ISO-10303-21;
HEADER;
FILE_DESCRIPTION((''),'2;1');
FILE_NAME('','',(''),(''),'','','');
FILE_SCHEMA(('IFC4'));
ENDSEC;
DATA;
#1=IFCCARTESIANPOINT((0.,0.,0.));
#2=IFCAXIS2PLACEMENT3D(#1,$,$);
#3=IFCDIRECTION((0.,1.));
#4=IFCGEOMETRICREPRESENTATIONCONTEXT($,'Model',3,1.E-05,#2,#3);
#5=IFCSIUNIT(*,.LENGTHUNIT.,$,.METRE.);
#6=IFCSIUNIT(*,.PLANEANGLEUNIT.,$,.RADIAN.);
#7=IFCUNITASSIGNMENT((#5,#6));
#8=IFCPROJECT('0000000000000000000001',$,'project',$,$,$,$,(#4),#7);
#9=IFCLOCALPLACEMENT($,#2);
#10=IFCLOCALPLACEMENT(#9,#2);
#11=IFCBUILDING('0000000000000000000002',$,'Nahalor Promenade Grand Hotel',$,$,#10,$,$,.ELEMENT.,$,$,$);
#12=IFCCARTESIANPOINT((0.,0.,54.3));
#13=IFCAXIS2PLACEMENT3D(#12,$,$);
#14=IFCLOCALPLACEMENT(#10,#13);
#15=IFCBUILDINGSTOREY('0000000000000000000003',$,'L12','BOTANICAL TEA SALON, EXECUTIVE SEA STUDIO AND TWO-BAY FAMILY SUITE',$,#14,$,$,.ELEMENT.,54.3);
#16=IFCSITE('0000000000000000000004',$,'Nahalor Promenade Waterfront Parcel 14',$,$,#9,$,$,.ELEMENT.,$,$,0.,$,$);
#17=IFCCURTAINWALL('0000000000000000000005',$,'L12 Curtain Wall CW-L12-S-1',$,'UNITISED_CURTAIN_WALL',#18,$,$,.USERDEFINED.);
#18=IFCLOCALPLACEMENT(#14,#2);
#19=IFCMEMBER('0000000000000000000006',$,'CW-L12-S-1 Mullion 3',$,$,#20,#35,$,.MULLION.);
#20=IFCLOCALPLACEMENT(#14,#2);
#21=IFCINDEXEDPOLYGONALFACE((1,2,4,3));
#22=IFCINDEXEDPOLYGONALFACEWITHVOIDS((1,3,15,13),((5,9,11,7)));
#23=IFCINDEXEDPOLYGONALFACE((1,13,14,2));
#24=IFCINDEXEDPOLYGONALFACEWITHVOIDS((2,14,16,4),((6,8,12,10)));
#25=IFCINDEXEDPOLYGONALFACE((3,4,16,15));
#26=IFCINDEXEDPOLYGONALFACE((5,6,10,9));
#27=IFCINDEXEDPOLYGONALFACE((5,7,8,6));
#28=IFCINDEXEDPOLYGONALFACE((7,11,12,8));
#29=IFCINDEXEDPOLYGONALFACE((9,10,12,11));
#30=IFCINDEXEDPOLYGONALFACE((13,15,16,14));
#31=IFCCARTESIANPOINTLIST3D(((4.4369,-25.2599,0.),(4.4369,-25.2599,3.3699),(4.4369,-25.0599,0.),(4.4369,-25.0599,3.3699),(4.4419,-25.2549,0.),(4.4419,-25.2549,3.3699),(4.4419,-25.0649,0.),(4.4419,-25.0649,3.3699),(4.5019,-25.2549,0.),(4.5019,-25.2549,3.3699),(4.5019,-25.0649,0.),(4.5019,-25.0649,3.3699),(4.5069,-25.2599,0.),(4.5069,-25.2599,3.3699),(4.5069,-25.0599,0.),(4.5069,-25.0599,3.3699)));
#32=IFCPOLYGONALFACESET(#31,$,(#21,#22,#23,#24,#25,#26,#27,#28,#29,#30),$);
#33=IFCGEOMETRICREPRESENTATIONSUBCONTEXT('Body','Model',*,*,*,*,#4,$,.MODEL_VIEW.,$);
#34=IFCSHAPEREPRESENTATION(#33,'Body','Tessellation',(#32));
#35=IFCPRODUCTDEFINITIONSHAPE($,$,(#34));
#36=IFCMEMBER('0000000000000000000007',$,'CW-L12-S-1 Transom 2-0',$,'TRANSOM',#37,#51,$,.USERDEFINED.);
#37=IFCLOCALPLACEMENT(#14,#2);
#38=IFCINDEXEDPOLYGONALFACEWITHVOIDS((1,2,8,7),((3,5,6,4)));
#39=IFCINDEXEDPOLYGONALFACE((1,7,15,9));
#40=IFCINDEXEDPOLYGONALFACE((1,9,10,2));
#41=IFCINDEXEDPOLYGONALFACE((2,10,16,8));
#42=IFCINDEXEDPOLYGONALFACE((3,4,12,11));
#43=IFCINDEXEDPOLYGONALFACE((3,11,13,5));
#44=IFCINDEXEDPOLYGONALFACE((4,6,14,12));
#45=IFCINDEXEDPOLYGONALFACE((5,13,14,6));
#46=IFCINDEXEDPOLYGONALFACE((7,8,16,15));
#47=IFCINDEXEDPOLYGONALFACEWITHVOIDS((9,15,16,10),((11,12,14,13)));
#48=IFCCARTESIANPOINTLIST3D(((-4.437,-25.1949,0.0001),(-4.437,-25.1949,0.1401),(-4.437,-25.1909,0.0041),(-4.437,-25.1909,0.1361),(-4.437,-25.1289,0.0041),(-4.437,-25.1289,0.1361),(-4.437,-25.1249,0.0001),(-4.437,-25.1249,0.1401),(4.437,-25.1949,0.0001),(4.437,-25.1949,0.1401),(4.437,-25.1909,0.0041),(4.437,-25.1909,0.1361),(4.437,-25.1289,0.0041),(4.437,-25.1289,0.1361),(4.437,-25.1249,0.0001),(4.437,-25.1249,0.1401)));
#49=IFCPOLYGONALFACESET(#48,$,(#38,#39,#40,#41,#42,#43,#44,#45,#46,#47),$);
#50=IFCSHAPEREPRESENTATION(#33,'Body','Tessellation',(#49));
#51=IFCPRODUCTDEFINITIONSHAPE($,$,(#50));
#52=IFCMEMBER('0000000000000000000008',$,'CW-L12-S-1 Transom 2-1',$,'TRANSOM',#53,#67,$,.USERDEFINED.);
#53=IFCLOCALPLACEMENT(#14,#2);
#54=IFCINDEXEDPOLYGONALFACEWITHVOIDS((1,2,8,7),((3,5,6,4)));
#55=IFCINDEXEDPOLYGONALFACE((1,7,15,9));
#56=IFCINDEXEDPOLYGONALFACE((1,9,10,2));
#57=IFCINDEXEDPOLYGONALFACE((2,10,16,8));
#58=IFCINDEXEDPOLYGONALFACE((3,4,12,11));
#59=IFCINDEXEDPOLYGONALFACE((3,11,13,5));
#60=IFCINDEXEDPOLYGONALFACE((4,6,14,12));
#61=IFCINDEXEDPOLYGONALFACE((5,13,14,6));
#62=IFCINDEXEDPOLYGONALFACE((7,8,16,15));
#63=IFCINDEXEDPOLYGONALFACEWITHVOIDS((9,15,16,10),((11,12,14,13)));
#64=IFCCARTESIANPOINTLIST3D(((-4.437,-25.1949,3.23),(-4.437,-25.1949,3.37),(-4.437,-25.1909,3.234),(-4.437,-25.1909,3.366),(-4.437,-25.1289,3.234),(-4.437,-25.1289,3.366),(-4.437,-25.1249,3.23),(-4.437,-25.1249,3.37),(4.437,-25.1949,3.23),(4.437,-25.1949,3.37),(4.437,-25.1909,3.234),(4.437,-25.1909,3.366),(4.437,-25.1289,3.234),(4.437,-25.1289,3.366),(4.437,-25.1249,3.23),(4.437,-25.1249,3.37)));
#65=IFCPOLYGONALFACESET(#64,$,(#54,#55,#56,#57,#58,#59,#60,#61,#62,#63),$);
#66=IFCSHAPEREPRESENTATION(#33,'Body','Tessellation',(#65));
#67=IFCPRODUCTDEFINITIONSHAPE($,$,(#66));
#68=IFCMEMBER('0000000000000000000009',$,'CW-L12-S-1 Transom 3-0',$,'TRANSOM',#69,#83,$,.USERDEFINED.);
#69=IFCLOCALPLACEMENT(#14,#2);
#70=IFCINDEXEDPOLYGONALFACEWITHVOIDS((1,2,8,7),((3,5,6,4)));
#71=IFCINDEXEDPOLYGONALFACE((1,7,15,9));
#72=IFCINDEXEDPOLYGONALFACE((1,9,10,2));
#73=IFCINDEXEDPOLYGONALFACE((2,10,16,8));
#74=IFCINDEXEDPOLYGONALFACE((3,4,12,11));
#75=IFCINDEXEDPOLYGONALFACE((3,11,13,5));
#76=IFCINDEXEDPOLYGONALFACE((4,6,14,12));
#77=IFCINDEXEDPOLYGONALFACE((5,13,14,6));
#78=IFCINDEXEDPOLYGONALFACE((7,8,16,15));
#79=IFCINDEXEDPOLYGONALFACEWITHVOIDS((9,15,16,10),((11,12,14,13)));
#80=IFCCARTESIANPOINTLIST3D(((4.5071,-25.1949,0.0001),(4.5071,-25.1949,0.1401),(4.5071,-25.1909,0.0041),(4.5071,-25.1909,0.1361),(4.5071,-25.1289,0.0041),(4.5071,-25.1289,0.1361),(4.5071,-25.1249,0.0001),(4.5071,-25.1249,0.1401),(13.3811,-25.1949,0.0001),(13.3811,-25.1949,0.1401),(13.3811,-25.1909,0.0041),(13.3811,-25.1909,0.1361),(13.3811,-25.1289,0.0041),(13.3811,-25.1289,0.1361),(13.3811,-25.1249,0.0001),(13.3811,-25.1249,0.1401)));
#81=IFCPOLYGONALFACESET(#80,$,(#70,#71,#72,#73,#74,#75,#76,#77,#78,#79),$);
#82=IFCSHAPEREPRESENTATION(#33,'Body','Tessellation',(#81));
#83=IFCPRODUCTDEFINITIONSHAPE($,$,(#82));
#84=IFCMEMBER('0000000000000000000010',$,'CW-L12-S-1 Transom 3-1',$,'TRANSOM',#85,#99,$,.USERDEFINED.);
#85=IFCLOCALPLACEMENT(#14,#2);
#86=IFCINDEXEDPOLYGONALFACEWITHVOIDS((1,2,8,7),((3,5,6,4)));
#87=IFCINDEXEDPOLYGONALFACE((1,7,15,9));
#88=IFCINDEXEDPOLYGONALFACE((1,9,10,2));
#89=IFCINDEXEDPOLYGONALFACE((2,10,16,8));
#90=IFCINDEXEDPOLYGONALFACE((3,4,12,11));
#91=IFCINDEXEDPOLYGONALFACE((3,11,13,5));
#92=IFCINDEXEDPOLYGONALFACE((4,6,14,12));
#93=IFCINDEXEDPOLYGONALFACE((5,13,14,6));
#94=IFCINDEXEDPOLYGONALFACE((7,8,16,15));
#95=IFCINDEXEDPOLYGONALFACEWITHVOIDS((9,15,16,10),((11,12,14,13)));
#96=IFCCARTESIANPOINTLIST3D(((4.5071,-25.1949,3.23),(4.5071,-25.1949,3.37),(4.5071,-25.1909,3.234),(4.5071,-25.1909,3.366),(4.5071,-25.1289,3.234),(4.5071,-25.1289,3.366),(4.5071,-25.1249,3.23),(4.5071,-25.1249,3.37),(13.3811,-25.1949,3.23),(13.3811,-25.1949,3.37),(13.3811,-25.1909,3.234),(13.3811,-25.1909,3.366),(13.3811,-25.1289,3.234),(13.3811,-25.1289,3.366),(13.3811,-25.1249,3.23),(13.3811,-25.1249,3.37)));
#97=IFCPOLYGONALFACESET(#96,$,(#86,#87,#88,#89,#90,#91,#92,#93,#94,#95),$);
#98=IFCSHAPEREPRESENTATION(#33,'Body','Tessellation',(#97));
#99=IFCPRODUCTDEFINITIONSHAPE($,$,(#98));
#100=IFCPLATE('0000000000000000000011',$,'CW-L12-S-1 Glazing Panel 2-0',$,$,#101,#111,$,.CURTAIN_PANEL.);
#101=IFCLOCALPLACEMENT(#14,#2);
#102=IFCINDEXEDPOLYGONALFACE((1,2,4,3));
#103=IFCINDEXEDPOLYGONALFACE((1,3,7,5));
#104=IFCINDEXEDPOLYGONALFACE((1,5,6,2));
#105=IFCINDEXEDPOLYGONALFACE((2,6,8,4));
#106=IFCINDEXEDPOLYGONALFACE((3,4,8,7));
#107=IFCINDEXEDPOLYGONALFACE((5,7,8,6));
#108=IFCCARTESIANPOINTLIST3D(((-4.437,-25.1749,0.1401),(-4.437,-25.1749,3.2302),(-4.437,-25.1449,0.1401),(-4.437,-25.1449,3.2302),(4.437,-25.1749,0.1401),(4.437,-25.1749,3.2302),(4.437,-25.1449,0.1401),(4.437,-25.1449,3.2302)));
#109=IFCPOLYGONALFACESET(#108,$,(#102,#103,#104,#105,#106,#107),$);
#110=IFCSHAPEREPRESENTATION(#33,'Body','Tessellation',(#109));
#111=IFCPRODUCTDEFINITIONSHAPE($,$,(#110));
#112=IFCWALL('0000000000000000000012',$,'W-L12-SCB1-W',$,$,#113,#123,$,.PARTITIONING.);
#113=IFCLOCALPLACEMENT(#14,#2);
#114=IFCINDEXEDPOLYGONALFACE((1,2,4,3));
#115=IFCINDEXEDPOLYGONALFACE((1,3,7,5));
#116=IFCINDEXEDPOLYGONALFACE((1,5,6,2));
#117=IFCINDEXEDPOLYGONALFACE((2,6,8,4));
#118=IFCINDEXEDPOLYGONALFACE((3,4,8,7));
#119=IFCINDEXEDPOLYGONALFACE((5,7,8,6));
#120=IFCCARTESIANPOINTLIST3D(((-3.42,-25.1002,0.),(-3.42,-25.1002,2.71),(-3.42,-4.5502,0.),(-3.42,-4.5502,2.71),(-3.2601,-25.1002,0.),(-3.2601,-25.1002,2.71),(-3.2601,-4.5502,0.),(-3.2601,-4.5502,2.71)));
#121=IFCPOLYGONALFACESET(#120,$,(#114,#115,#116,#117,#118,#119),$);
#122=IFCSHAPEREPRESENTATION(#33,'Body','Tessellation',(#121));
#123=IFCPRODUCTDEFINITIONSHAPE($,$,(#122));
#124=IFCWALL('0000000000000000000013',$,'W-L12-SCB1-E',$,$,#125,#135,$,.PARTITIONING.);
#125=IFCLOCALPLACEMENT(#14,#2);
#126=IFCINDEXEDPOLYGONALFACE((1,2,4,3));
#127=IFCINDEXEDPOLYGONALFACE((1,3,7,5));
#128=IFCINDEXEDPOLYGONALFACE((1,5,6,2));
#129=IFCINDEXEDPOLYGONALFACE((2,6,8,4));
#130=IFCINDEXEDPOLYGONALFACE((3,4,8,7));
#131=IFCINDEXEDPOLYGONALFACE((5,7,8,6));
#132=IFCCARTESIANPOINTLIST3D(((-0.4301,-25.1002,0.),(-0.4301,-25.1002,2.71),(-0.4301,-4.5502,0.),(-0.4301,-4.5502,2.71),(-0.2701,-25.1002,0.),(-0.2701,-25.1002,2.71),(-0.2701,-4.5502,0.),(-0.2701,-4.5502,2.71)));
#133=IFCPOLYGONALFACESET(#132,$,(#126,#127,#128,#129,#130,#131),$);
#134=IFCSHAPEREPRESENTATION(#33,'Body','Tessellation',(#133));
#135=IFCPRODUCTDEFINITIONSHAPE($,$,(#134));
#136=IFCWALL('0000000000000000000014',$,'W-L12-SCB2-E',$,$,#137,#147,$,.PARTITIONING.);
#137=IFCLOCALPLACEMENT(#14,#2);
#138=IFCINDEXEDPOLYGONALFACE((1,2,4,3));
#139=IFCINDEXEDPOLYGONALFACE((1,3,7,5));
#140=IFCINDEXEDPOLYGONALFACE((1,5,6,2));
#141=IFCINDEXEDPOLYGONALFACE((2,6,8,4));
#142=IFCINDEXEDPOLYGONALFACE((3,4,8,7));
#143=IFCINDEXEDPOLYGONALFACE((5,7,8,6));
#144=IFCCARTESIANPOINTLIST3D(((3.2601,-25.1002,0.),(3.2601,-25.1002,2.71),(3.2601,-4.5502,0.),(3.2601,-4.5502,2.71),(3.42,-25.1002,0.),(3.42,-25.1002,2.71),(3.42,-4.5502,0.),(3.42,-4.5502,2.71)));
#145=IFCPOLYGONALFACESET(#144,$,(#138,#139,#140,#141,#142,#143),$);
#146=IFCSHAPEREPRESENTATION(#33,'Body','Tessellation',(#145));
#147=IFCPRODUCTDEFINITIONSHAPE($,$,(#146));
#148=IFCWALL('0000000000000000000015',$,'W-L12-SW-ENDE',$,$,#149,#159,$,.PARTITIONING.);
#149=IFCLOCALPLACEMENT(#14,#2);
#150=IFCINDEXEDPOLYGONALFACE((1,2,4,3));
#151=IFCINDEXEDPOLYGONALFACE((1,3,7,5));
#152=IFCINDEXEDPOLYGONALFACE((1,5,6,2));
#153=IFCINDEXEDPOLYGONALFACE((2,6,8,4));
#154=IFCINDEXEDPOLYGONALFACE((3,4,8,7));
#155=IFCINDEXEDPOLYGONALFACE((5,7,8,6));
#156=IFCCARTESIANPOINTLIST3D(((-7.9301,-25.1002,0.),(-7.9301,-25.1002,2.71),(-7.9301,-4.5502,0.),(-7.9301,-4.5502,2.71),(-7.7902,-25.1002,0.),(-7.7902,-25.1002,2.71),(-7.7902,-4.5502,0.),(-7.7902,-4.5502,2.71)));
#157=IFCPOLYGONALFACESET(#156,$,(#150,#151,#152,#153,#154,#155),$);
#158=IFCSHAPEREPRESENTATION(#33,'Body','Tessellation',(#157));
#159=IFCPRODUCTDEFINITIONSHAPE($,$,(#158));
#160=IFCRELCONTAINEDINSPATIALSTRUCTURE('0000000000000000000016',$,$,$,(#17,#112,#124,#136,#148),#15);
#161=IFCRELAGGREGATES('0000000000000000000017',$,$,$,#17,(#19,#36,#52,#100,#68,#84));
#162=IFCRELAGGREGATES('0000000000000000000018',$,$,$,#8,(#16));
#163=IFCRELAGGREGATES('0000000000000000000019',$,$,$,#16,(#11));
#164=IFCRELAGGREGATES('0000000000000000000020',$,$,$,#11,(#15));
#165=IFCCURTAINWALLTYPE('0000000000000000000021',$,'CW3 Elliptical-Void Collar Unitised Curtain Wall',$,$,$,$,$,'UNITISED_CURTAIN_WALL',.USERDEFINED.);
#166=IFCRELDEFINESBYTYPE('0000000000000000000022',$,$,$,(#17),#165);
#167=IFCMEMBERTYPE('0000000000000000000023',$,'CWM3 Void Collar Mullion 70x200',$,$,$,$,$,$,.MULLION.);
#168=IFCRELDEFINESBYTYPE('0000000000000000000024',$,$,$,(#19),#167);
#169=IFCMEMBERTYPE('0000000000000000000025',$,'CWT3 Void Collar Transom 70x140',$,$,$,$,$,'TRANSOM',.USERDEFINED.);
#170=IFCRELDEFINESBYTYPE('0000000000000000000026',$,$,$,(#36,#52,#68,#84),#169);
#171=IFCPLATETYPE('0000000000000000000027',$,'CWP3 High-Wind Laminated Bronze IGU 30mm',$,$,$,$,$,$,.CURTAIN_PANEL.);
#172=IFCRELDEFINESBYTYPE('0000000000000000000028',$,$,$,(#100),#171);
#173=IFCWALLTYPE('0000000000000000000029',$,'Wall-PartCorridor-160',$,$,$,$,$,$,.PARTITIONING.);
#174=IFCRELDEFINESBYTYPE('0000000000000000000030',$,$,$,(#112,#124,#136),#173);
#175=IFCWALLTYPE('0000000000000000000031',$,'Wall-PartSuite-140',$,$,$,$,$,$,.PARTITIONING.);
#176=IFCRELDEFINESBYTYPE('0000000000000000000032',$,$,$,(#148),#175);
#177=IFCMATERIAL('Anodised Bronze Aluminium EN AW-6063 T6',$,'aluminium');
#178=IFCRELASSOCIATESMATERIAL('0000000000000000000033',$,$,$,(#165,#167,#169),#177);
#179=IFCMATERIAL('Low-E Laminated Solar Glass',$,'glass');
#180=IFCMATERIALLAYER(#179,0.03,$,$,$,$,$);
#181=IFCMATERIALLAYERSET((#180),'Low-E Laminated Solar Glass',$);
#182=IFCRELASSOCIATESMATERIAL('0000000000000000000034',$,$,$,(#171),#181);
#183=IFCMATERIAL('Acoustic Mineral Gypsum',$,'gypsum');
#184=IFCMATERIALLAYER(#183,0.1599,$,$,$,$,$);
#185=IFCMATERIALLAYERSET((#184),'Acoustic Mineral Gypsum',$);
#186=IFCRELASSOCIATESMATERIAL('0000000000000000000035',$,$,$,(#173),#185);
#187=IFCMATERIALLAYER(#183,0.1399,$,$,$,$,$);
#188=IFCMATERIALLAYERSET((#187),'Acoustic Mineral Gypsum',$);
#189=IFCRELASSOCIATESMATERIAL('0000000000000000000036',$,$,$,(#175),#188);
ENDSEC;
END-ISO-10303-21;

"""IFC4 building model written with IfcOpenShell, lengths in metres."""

from ifc_helpers import new_model, si_unit, direction, frame, frame_2d, origin, origin_2d, place, context, subcontext, project, spatial, rectangle, hollow_rectangle, extrude, source, transform, mapped, material, layer, layer_set, material_profile, profile_set, type_object, element, aggregate, save


model = new_model("IFC4")

# Units and contexts
model_context = context("Model", 3, precision=1e-05, world=origin(), true_north=direction((0.0, 1.0)))
body_context = subcontext(model_context, "Body", "Model", "MODEL_VIEW")
ifc_project = project(units=[si_unit("LENGTHUNIT", "METRE"), si_unit("PLANEANGLEUNIT", "RADIAN")], contexts=[model_context])

# Site, building, storey
site_placement = place(None, origin())
site = spatial("IfcSite", under=ifc_project, at=site_placement, Name="Nahalor Promenade Waterfront Parcel 14", CompositionType="ELEMENT", RefElevation=0.0)
building_placement = place(site_placement, origin())
building = spatial("IfcBuilding", under=site, at=building_placement, Name="Nahalor Promenade Grand Hotel", CompositionType="ELEMENT")
storey_placement = place(building_placement, frame((0.0, 0.0, 54.3)))
storey = spatial("IfcBuildingStorey", under=building, at=storey_placement, Name="L12", Description="BOTANICAL TEA SALON, EXECUTIVE SEA STUDIO AND TWO-BAY FAMILY SUITE", CompositionType="ELEMENT", Elevation=54.3)

# Curtain wall, members, plate
ifc_material_1 = material(Name="Anodised Bronze Aluminium EN AW-6063 T6", Category="aluminium")
curtain_wall_type = type_object("IfcCurtainWallType", Name="CW3 Elliptical-Void Collar Unitised Curtain Wall", ElementType="UNITISED_CURTAIN_WALL", PredefinedType="USERDEFINED", material=ifc_material_1)
curtain_wall_placement = place(storey_placement, origin())
curtain_wall = element("IfcCurtainWall", 1, at=curtain_wall_placement, inside=storey, type_object=curtain_wall_type, Name="L12 Curtain Wall CW-L12-S-1", ObjectType="UNITISED_CURTAIN_WALL", PredefinedType="USERDEFINED")
ifc_material_profile_1 = material_profile(ifc_material_1, hollow_rectangle(XDim=0.07, YDim=0.2, WallThickness=0.005, at=origin_2d()), Name="CWM 70x200x5")
ifc_profile_set_1 = profile_set([ifc_material_profile_1], Name="Anodised Bronze Aluminium EN AW-6063 T6")
member_type_1 = type_object("IfcMemberType", Name="CWM3 Void Collar Mullion 70x200", PredefinedType="MULLION", material=ifc_profile_set_1)
shared_shape_1 = source(origin(), body_context, "Body", "SweptSolid", [
    extrude(hollow_rectangle(XDim=0.07, YDim=0.2, WallThickness=0.005, at=origin_2d()), origin(), (0.0, 0.0, 1.0), 3.3699),
])
member_1_placement = place(storey_placement, frame((4.4719, -25.1599, 0.0), z_axis=(0.0, 0.0, 1.0), x_axis=(1.0, 0.0, 0.0)))
member_1 = element("IfcMember", 2, at=member_1_placement, type_object=member_type_1, Name="CW-L12-S-1 Mullion 3", PredefinedType="MULLION", context=body_context, shape_type="MappedRepresentation", body=[
    mapped(shared_shape_1, transform((0.0, 0.0, 0.0), scale=1.0)),
])
ifc_material_profile_2 = material_profile(ifc_material_1, hollow_rectangle(XDim=0.07, YDim=0.14, WallThickness=0.004, at=origin_2d()), Name="CWT 70x140x4")
ifc_profile_set_2 = profile_set([ifc_material_profile_2], Name="Anodised Bronze Aluminium EN AW-6063 T6")
member_type_2 = type_object("IfcMemberType", Name="CWT3 Void Collar Transom 70x140", ElementType="TRANSOM", PredefinedType="USERDEFINED", material=ifc_profile_set_2)
shared_shape_2 = source(origin(), body_context, "Body", "SweptSolid", [
    extrude(hollow_rectangle(XDim=0.07, YDim=0.14, WallThickness=0.004, at=origin_2d()), origin(), (0.0, 0.0, 1.0), 8.874),
])
member_2_placement = place(storey_placement, frame((-4.437, -25.1599, 0.0701), z_axis=(1.0, 0.0, 0.0), x_axis=(0.0, 1.0, 0.0)))
member_2 = element("IfcMember", 3, at=member_2_placement, type_object=member_type_2, Name="CW-L12-S-1 Transom 2-0", ObjectType="TRANSOM", PredefinedType="USERDEFINED", context=body_context, shape_type="MappedRepresentation", body=[
    mapped(shared_shape_2, transform((0.0, 0.0, 0.0), scale=1.0)),
])
member_3_placement = place(storey_placement, frame((-4.437, -25.1599, 3.3), z_axis=(1.0, 0.0, 0.0), x_axis=(0.0, 1.0, 0.0)))
member_3 = element("IfcMember", 4, at=member_3_placement, type_object=member_type_2, Name="CW-L12-S-1 Transom 2-1", ObjectType="TRANSOM", PredefinedType="USERDEFINED", context=body_context, shape_type="MappedRepresentation", body=[
    mapped(shared_shape_2, transform((0.0, 0.0, 0.0), scale=1.0)),
])
member_4_placement = place(storey_placement, frame((4.5071, -25.1599, 0.0701), z_axis=(1.0, 0.0, 0.0), x_axis=(0.0, 1.0, 0.0)))
member_4 = element("IfcMember", 5, at=member_4_placement, type_object=member_type_2, Name="CW-L12-S-1 Transom 3-0", ObjectType="TRANSOM", PredefinedType="USERDEFINED", context=body_context, shape_type="MappedRepresentation", body=[
    mapped(shared_shape_2, transform((0.0, 0.0, 0.0), scale=1.0)),
])
member_5_placement = place(storey_placement, frame((4.5071, -25.1599, 3.3), z_axis=(1.0, 0.0, 0.0), x_axis=(0.0, 1.0, 0.0)))
member_5 = element("IfcMember", 6, at=member_5_placement, type_object=member_type_2, Name="CW-L12-S-1 Transom 3-1", ObjectType="TRANSOM", PredefinedType="USERDEFINED", context=body_context, shape_type="MappedRepresentation", body=[
    mapped(shared_shape_2, transform((0.0, 0.0, 0.0), scale=1.0)),
])
ifc_material_2 = material(Name="Low-E Laminated Solar Glass", Category="glass")
ifc_layer_1 = layer(ifc_material_2, 0.03)
ifc_layer_set_1 = layer_set([ifc_layer_1], Name="Low-E Laminated Solar Glass")
plate_type = type_object("IfcPlateType", Name="CWP3 High-Wind Laminated Bronze IGU 30mm", PredefinedType="CURTAIN_PANEL", material=ifc_layer_set_1)
shared_shape_3 = source(origin(), body_context, "Body", "SweptSolid", [
    extrude(rectangle(XDim=8.874, YDim=0.03, at=origin_2d()), origin(), (0.0, 0.0, 1.0), 3.0901),
])
plate_placement = place(storey_placement, frame((0.0, -25.1599, 0.1401), z_axis=(0.0, 0.0, 1.0), x_axis=(1.0, 0.0, 0.0)))
plate = element("IfcPlate", 7, at=plate_placement, type_object=plate_type, Name="CW-L12-S-1 Glazing Panel 2-0", PredefinedType="CURTAIN_PANEL", context=body_context, shape_type="MappedRepresentation", body=[
    mapped(shared_shape_3, transform((0.0, 0.0, 0.0), scale=1.0)),
])
aggregate(curtain_wall, [member_1, member_2, member_3, plate, member_4, member_5])

# Walls
ifc_material_3 = material(Name="Acoustic Mineral Gypsum", Category="gypsum")
ifc_layer_2 = layer(ifc_material_3, 0.1599)
ifc_layer_set_2 = layer_set([ifc_layer_2], Name="Acoustic Mineral Gypsum")
wall_type_1 = type_object("IfcWallType", Name="Wall-PartCorridor-160", PredefinedType="PARTITIONING", material=ifc_layer_set_2)
shared_shape_4 = source(origin(), body_context, "Body", "SweptSolid", [
    extrude(rectangle(XDim=20.55, YDim=0.1599, at=frame_2d((10.2749, 0.0))), origin(), (0.0, 0.0, 1.0), 2.71),
])
for number, where, z_axis, x_axis, name in (
    (8, (-3.3401, -25.1001, 0.0), (0.0, 0.0, 1.0), (0.0, 1.0, 0.0), "W-L12-SCB1-W"),
    (9, (-0.3501, -25.1001, 0.0), (0.0, 0.0, 1.0), (0.0, 1.0, 0.0), "W-L12-SCB1-E"),
    (10, (3.3401, -25.1001, 0.0), (0.0, 0.0, 1.0), (0.0, 1.0, 0.0), "W-L12-SCB2-E"),
):
    element("IfcWall", number, at=place(storey_placement, frame(where, z_axis=z_axis, x_axis=x_axis)), inside=storey, type_object=wall_type_1, Name=name, PredefinedType="PARTITIONING", context=body_context, shape_type="MappedRepresentation", body=[
        mapped(shared_shape_4, transform((0.0, 0.0, 0.0), scale=1.0)),
    ])
ifc_layer_3 = layer(ifc_material_3, 0.1399)
ifc_layer_set_3 = layer_set([ifc_layer_3], Name="Acoustic Mineral Gypsum")
wall_type_2 = type_object("IfcWallType", Name="Wall-PartSuite-140", PredefinedType="PARTITIONING", material=ifc_layer_set_3)
shared_shape_5 = source(origin(), body_context, "Body", "SweptSolid", [
    extrude(rectangle(XDim=20.55, YDim=0.1399, at=frame_2d((10.2749, 0.0))), origin(), (0.0, 0.0, 1.0), 2.71),
])
wall_placement = place(storey_placement, frame((-7.8601, -25.1001, 0.0), z_axis=(0.0, 0.0, 1.0), x_axis=(0.0, 1.0, 0.0)))
element("IfcWall", 11, at=wall_placement, inside=storey, type_object=wall_type_2, Name="W-L12-SW-ENDE", PredefinedType="PARTITIONING", context=body_context, shape_type="MappedRepresentation", body=[
    mapped(shared_shape_5, transform((0.0, 0.0, 0.0), scale=1.0)),
])

save(model, "model.ifc")
